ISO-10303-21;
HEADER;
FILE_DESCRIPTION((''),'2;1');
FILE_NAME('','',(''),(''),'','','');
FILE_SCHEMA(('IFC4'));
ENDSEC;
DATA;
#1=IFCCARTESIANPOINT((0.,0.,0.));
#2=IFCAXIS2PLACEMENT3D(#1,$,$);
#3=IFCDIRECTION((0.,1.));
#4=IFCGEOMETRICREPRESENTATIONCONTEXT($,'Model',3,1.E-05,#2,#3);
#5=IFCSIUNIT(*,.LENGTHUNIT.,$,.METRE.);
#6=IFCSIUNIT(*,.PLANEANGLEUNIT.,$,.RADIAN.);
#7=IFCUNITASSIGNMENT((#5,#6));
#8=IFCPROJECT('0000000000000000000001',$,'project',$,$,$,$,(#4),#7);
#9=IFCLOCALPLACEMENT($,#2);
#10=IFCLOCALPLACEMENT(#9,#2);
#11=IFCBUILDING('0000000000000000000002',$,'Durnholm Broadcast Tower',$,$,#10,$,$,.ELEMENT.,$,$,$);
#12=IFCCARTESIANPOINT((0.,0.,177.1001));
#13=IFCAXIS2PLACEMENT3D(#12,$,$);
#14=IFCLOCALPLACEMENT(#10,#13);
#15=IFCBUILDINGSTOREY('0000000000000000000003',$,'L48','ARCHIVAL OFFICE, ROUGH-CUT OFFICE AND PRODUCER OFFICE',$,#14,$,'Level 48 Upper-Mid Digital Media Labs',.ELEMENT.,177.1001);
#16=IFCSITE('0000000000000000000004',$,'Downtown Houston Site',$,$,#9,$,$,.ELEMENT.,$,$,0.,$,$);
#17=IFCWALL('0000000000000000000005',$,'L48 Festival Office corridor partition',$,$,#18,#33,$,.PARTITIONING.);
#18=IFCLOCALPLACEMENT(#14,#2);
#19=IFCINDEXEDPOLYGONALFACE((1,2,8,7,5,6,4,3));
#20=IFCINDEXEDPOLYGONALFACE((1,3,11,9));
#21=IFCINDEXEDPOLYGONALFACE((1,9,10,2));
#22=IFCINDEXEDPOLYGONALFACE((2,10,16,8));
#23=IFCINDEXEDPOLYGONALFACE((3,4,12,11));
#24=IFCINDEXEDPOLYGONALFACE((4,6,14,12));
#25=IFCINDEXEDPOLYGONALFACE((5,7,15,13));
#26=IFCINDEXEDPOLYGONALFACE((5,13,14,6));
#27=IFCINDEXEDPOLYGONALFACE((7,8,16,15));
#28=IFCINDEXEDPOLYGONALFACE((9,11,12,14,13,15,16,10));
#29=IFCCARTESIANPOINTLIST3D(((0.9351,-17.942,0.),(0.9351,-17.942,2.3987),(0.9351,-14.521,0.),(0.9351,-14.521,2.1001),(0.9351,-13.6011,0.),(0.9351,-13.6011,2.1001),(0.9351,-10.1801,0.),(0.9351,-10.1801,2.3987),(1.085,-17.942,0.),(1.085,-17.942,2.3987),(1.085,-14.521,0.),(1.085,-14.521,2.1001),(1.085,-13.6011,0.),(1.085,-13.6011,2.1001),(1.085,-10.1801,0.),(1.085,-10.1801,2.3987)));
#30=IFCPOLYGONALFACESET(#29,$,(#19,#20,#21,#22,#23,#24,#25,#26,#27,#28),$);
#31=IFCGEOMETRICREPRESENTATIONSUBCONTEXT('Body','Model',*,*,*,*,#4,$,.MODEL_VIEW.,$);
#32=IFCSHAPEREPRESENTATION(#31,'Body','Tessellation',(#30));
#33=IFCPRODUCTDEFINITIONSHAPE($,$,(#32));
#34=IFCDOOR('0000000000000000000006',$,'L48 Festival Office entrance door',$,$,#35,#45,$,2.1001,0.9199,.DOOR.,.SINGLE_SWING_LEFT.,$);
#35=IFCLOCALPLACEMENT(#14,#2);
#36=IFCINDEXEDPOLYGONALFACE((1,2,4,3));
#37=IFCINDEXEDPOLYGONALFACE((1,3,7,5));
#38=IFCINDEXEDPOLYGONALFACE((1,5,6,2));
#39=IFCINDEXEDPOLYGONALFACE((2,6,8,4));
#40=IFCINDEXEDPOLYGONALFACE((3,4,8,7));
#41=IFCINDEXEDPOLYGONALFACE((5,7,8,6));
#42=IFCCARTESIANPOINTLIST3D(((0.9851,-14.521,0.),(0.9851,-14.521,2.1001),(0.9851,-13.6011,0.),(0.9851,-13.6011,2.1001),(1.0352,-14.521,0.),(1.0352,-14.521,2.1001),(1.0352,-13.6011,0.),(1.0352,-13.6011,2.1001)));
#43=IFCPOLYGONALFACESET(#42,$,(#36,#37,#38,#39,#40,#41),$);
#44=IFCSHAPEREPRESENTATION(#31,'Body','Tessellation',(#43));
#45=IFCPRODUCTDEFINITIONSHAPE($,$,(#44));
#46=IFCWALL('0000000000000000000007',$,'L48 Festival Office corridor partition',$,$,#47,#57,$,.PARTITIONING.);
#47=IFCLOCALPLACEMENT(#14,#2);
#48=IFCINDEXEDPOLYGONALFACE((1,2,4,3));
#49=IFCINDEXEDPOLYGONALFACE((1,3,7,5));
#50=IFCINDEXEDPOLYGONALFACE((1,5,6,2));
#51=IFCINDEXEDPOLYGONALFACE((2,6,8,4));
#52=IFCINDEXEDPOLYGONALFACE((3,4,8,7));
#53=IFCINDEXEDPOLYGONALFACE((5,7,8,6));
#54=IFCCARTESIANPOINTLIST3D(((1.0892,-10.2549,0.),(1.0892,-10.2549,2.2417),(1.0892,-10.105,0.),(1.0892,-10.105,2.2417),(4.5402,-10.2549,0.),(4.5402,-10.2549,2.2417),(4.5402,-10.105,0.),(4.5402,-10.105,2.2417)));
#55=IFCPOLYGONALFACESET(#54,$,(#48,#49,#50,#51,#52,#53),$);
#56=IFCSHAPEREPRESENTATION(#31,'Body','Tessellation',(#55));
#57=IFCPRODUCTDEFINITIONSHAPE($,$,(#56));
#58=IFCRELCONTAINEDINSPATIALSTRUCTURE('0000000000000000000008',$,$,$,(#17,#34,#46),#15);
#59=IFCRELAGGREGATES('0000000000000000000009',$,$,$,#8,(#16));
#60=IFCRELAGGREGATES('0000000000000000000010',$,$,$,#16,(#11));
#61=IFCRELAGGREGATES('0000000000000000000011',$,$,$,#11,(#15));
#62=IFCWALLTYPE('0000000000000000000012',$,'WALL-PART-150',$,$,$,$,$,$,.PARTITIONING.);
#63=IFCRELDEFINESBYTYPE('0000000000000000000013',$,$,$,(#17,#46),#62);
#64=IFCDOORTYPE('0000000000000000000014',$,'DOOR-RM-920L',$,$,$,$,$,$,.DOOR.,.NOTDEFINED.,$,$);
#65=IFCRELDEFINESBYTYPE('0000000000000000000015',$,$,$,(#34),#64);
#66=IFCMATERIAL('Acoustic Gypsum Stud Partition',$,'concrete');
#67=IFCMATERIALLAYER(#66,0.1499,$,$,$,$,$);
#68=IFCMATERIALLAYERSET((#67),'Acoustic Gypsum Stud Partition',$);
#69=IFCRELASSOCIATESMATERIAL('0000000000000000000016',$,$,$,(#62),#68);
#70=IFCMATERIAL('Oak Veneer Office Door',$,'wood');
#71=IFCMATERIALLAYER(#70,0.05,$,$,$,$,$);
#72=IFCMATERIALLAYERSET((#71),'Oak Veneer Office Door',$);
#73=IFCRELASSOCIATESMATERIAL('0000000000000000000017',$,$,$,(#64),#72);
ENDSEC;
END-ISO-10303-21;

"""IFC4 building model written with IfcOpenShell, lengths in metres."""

from ifc_helpers import new_model, si_unit, direction, frame, frame_2d, origin, place, context, subcontext, project, spatial, rectangle, extrude, source, transform, mapped, material, layer, layer_set, type_object, type_shapes, element, fill, save


model = new_model("IFC4")

# Units and contexts
model_context = context("Model", 3, precision=1e-05, world=origin(), true_north=direction((0.0, 1.0)))
body_context = subcontext(model_context, "Body", "Model", "MODEL_VIEW")
ifc_project = project(units=[si_unit("LENGTHUNIT", "METRE"), si_unit("PLANEANGLEUNIT", "RADIAN")], contexts=[model_context])

# Site, building, storey
site_placement = place(None, origin())
site = spatial("IfcSite", under=ifc_project, at=site_placement, Name="Downtown Houston Site", CompositionType="ELEMENT", RefElevation=0.0)
building_placement = place(site_placement, origin())
building = spatial("IfcBuilding", under=site, at=building_placement, Name="Durnholm Broadcast Tower", CompositionType="ELEMENT")
storey_placement = place(building_placement, frame((0.0, 0.0, 177.1001)))
storey = spatial("IfcBuildingStorey", under=building, at=storey_placement, Name="L48", Description="ARCHIVAL OFFICE, ROUGH-CUT OFFICE AND PRODUCER OFFICE", LongName="Level 48 Upper-Mid Digital Media Labs", CompositionType="ELEMENT", Elevation=177.1001)

# Wall, opening, door
ifc_material_1 = material(Name="Acoustic Gypsum Stud Partition", Category="concrete")
ifc_layer_1 = layer(ifc_material_1, 0.1499)
ifc_layer_set_1 = layer_set([ifc_layer_1], Name="Acoustic Gypsum Stud Partition")
wall_type_1 = type_object("IfcWallType", Name="WALL-PART-150", PredefinedType="PARTITIONING", material=ifc_layer_set_1)
wall_1_placement = place(storey_placement, frame((1.01, -17.9419, 0.0), z_axis=(0.0, 0.0, 1.0), x_axis=(0.0, 1.0, 0.0)))
wall_1 = element("IfcWall", 1, at=wall_1_placement, inside=storey, type_object=wall_type_1, Name="L48 Festival Office corridor partition", PredefinedType="PARTITIONING", context=body_context, shape_type="SweptSolid", body=[
    extrude(rectangle(XDim=7.762, YDim=0.1499, at=frame_2d((3.8809, 0.0))), origin(), (0.0, 0.0, 1.0), 2.3987),
])
opening_placement = place(wall_1_placement, frame((3.4209, 0.0, 0.0)))
opening = element("IfcOpeningElement", 2, at=opening_placement, cuts=wall_1, PredefinedType="OPENING", context=body_context, shape_type="SweptSolid", body=[
    extrude(rectangle(XDim=0.9199, YDim=2.1001, at=frame_2d((0.46, 1.05))), frame((0.0, 0.085, 0.0), z_axis=(0.0, -1.0, 0.0), x_axis=(1.0, 0.0, 0.0)), (0.0, 0.0, 1.0), 0.1699),
])
ifc_material_2 = material(Name="Oak Veneer Office Door", Category="wood")
ifc_layer_2 = layer(ifc_material_2, 0.05)
ifc_layer_set_2 = layer_set([ifc_layer_2], Name="Oak Veneer Office Door")
door_type = type_object("IfcDoorType", Name="DOOR-RM-920L", OperationType="NOTDEFINED", PredefinedType="DOOR", material=ifc_layer_set_2)
shared_shape_1 = source(origin(), body_context, "Body", "SweptSolid", [
    extrude(rectangle(XDim=0.9199, YDim=2.1001, at=frame_2d((0.46, 1.05))), frame((0.0, 0.0249, 0.0), z_axis=(0.0, -1.0, 0.0), x_axis=(1.0, 0.0, 0.0)), (0.0, 0.0, 1.0), 0.05),
])
type_shapes(door_type, [shared_shape_1])
door_placement = place(opening_placement, origin())
door = element("IfcDoor", 3, at=door_placement, inside=storey, type_object=door_type, Name="L48 Festival Office entrance door", OperationType="SINGLE_SWING_LEFT", OverallHeight=2.1001, OverallWidth=0.9199, PredefinedType="DOOR", context=body_context, shape_type="MappedRepresentation", body=[
    mapped(shared_shape_1, transform((0.0, 0.0, 0.0), x_axis=(1.0, 0.0, 0.0), y_axis=(0.0, 1.0, 0.0), z_axis=(0.0, 0.0, 1.0), scale=1.0)),
])
fill(opening, door)

# Wall
wall_2_placement = place(storey_placement, frame((1.0891, -10.1799, 0.0), z_axis=(0.0, 0.0, 1.0), x_axis=(1.0, 0.0, 0.0)))
element("IfcWall", 4, at=wall_2_placement, inside=storey, type_object=wall_type_1, Name="L48 Festival Office corridor partition", PredefinedType="PARTITIONING", context=body_context, shape_type="SweptSolid", body=[
    extrude(rectangle(XDim=3.4509, YDim=0.1499, at=frame_2d((1.7256, 0.0))), origin(), (0.0, 0.0, 1.0), 2.2417),
])

save(model, "model.ifc")
